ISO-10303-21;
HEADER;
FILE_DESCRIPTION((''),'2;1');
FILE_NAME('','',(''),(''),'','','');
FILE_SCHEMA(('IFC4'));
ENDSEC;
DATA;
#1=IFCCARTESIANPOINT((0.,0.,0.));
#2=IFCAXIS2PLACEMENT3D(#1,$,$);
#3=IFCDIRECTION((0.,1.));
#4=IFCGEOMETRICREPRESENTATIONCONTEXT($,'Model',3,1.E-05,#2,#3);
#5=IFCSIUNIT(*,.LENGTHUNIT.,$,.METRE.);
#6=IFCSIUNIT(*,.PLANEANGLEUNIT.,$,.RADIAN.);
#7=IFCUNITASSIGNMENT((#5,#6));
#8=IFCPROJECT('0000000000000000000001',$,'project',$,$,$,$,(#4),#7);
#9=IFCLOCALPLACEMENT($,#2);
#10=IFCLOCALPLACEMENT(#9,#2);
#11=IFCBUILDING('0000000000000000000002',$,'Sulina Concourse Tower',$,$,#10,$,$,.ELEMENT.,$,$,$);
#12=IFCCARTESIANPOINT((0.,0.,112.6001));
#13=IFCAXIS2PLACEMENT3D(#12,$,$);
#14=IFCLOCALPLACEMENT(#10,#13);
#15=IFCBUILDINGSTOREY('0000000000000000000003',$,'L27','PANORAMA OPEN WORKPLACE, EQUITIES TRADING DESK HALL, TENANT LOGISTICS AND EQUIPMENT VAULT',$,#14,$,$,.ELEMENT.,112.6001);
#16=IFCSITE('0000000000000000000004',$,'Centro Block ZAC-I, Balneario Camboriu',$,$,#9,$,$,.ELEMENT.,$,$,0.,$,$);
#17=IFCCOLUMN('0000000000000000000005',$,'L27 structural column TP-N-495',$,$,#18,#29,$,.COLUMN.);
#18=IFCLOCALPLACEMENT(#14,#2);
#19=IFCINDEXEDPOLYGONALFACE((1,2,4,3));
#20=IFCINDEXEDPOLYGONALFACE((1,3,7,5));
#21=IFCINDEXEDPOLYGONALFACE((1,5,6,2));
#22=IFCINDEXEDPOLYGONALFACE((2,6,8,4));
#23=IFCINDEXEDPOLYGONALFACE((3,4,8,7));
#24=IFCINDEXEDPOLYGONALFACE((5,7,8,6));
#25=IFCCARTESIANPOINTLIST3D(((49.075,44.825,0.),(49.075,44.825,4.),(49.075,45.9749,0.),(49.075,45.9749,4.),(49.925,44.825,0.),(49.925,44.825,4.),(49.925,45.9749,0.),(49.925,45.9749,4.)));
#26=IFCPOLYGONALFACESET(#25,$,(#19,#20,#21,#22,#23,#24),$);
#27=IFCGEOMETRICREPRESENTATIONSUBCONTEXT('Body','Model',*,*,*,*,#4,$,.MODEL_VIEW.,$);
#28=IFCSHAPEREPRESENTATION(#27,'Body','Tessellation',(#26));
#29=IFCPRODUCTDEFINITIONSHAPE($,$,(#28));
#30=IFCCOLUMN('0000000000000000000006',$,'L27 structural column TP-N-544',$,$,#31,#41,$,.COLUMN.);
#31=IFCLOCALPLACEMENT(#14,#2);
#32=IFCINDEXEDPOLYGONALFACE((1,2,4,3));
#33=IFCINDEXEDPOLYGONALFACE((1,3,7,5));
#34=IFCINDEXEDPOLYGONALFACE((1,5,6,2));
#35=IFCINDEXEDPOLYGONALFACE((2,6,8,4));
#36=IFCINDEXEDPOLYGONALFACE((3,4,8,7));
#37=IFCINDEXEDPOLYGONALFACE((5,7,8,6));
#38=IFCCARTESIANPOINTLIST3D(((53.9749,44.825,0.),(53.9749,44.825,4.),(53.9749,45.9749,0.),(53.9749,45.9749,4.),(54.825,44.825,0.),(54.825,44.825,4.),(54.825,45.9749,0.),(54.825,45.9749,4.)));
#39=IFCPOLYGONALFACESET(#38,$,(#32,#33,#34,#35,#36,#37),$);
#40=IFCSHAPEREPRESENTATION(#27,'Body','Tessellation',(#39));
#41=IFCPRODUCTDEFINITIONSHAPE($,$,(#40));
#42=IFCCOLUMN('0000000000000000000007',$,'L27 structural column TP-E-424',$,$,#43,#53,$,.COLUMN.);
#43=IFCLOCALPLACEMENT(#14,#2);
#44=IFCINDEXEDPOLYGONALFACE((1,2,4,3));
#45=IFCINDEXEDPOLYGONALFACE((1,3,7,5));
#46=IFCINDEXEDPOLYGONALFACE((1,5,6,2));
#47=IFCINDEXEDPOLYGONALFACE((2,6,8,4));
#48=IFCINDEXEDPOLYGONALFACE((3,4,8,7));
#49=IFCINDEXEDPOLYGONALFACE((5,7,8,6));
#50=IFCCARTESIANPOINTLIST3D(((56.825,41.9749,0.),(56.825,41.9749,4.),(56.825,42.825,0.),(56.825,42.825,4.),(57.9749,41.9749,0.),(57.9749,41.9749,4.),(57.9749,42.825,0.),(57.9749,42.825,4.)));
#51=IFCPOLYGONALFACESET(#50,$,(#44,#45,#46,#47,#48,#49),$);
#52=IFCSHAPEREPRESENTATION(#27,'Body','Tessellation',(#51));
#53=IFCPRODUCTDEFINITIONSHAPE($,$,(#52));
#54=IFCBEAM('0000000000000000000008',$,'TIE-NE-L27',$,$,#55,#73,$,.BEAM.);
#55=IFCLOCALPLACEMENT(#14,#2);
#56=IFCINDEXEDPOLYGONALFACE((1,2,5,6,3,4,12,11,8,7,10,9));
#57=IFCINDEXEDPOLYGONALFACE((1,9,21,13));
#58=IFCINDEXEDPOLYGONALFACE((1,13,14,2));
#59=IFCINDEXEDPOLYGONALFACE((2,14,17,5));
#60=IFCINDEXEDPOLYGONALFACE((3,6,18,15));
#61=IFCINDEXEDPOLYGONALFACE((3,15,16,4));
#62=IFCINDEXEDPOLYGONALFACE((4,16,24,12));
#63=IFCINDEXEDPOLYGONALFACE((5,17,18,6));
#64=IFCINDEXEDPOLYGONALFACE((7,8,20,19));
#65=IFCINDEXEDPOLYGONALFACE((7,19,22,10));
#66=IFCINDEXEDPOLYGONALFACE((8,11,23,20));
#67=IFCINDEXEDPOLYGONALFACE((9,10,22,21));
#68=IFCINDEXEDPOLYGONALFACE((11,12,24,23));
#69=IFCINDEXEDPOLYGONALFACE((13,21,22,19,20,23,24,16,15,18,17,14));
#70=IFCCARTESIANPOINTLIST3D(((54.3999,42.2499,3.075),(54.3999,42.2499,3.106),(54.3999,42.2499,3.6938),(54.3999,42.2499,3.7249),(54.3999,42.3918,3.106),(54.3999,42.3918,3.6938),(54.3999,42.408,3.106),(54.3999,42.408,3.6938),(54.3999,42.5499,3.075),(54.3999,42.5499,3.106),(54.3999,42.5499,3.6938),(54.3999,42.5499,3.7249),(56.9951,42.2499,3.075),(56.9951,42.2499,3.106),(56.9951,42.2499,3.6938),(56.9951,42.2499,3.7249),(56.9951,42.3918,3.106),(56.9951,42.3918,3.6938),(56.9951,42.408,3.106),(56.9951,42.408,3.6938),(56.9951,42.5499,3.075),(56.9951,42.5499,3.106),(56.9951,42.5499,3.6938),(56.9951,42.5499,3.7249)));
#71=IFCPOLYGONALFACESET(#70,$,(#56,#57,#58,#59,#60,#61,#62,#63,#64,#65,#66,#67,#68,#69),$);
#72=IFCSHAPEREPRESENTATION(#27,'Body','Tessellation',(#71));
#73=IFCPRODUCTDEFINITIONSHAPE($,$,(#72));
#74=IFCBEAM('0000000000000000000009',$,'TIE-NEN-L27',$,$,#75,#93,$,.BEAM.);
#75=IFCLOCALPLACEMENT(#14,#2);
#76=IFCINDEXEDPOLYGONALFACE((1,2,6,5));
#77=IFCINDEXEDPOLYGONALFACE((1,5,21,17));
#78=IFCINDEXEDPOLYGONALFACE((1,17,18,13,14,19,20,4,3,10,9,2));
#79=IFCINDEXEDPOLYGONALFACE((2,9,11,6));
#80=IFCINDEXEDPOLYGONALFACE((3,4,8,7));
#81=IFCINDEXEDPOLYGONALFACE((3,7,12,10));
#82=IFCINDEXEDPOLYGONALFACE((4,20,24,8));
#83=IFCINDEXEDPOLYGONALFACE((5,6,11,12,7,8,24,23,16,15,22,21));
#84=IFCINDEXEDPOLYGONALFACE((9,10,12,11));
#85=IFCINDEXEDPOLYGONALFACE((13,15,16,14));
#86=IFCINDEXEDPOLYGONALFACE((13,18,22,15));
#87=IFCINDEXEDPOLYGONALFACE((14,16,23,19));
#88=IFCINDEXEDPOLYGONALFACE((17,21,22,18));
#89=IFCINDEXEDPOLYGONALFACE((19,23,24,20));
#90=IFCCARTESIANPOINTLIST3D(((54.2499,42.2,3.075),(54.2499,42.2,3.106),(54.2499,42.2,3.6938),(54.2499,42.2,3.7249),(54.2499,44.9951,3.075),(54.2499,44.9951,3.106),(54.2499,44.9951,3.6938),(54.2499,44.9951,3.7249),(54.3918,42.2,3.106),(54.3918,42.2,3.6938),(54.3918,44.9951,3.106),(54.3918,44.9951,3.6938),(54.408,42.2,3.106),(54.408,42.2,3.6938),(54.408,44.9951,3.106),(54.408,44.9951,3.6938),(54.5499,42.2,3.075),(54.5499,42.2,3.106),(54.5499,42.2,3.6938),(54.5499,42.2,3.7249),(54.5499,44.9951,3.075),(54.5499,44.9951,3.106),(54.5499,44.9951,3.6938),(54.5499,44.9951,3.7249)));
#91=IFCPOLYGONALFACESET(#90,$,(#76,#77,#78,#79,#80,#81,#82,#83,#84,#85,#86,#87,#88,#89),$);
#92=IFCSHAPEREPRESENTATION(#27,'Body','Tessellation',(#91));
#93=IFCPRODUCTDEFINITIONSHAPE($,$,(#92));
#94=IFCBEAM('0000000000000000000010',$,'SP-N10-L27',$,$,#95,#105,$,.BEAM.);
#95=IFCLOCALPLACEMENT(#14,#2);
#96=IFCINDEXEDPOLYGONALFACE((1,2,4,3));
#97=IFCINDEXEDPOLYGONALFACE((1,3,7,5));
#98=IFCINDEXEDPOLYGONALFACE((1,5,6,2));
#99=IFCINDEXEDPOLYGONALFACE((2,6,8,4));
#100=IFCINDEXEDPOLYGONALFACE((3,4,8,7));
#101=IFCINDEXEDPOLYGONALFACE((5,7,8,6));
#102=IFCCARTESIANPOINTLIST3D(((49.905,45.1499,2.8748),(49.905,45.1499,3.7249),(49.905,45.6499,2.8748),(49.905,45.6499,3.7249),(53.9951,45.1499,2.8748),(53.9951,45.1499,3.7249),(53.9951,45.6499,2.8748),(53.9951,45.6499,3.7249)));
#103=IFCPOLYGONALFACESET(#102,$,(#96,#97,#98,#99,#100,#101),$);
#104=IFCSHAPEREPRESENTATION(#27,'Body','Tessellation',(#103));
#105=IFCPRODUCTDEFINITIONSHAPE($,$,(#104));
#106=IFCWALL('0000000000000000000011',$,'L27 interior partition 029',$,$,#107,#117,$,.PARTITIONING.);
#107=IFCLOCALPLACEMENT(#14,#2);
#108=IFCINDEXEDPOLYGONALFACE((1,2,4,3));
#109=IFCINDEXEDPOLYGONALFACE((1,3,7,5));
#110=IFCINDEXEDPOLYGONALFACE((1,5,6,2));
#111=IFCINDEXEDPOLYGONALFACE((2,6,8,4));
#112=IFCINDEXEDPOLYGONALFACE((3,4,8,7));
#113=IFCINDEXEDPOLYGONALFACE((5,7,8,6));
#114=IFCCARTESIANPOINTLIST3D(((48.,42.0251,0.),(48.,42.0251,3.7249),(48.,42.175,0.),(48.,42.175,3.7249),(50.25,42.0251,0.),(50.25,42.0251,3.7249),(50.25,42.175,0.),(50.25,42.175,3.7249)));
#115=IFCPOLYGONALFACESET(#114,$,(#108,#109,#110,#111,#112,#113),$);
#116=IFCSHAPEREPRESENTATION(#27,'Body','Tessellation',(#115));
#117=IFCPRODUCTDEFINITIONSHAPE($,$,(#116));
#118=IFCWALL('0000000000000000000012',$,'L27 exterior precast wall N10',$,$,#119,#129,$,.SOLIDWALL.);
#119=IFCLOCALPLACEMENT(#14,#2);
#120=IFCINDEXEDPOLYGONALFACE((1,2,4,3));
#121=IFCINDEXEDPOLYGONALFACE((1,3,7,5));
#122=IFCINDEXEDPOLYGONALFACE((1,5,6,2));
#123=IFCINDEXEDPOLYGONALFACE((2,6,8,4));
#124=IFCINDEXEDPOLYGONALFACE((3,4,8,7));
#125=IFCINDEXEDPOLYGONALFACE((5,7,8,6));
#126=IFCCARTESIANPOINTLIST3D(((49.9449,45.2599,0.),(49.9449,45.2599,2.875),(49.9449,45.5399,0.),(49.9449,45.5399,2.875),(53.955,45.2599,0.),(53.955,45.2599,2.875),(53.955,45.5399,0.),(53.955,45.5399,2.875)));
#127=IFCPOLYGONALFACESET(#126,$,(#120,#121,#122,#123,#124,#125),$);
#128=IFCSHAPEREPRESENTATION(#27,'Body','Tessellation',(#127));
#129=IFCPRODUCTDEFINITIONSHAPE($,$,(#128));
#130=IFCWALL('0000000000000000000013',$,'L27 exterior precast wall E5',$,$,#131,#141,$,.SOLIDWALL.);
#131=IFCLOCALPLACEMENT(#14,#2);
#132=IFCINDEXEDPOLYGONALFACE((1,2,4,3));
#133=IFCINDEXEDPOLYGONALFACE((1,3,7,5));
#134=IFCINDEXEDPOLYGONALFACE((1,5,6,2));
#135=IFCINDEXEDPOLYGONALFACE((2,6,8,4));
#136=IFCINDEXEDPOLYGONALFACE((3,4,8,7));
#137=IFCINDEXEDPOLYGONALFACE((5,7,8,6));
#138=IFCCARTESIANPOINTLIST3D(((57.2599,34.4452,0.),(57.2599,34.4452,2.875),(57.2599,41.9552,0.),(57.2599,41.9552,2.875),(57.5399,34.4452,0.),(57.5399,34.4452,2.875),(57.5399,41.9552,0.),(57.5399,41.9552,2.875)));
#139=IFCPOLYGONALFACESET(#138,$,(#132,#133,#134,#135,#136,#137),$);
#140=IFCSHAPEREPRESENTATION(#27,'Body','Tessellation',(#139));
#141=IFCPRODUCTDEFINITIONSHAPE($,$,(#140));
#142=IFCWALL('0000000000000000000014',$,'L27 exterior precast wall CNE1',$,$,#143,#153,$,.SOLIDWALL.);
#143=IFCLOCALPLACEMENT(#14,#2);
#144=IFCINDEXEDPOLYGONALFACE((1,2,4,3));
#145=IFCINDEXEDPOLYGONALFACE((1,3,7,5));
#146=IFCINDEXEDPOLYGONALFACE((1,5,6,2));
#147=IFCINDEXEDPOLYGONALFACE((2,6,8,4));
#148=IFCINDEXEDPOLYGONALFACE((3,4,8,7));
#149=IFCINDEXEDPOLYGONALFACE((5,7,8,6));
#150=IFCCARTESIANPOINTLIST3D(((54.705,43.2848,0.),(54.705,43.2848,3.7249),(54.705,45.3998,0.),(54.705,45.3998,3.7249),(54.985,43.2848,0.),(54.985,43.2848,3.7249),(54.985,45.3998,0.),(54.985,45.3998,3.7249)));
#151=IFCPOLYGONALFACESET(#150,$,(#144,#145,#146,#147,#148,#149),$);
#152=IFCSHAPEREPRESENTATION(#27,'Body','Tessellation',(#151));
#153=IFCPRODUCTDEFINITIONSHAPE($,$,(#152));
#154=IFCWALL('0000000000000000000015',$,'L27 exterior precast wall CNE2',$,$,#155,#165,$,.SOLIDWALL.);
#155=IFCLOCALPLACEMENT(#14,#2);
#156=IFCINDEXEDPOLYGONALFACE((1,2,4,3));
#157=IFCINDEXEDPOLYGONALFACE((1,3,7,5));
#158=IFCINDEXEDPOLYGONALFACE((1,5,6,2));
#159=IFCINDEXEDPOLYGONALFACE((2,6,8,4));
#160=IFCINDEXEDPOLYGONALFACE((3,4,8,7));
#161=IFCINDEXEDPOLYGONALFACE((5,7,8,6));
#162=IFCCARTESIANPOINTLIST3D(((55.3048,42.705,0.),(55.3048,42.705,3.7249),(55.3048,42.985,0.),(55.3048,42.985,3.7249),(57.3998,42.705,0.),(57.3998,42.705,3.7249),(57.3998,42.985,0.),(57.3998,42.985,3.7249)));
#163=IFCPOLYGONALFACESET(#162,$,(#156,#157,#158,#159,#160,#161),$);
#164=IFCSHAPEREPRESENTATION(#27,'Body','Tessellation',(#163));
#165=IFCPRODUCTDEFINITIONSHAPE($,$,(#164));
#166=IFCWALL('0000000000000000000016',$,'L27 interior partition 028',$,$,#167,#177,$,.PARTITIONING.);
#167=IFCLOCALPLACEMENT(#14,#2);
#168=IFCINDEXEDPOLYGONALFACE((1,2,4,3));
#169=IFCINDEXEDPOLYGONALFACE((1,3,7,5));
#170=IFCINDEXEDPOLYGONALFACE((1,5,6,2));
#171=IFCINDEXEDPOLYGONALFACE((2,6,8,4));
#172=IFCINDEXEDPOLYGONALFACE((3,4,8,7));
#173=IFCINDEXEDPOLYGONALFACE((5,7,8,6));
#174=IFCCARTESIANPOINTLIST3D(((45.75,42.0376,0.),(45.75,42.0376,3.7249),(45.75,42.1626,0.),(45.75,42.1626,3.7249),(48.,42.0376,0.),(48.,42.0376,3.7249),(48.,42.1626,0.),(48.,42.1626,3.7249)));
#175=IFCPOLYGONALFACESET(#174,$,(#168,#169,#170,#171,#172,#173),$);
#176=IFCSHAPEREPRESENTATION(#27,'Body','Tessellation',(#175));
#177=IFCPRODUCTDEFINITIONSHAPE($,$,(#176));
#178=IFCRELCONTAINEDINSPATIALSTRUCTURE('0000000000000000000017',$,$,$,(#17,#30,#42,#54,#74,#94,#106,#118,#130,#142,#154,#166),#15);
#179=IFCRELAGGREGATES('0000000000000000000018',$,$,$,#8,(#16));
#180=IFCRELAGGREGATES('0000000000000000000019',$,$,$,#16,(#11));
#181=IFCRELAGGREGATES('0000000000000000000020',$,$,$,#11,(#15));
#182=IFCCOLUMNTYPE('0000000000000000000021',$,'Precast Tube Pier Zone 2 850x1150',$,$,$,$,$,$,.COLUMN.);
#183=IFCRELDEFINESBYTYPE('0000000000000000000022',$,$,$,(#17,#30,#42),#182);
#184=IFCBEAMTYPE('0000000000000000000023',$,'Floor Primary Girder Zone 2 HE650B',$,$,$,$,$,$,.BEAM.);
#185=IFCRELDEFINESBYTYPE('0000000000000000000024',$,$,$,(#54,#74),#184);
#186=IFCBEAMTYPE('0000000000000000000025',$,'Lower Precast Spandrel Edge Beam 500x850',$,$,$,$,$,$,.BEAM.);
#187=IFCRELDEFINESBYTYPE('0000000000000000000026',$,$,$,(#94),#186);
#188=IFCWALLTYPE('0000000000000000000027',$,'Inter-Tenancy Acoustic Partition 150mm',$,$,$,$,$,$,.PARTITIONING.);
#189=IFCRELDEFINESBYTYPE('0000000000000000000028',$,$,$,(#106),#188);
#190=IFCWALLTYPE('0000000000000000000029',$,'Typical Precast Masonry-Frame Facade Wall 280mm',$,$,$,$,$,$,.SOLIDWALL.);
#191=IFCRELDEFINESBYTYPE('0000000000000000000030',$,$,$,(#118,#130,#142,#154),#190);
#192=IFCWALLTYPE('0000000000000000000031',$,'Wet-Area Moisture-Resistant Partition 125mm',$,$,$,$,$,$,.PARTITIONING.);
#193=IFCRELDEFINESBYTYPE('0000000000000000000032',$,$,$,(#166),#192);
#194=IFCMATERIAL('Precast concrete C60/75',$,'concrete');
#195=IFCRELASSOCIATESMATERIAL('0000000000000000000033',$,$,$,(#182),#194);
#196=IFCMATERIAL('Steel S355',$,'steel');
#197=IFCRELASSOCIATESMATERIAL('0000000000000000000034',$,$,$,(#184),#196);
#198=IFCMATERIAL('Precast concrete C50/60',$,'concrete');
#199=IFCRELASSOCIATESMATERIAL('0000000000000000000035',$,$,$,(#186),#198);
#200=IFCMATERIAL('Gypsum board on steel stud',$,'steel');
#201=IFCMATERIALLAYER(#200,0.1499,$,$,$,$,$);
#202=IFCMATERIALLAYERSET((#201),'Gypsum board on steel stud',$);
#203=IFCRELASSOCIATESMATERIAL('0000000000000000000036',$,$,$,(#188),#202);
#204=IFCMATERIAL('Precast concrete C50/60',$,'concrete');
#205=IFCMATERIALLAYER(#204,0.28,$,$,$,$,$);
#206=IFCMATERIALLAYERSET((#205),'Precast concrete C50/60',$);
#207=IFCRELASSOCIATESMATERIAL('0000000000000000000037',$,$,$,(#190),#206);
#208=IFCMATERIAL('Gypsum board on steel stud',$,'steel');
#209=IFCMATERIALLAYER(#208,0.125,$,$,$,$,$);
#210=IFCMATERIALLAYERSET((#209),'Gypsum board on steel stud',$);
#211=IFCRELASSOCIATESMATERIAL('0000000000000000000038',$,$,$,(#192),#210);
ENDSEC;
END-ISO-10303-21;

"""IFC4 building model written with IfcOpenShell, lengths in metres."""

from ifc_helpers import new_model, si_unit, direction, frame, frame_2d, origin, origin_2d, place, context, subcontext, project, spatial, rectangle, i_section, extrude, material, layer, layer_set, material_profile, profile_set, type_object, element, save


model = new_model("IFC4")

# Units and contexts
model_context = context("Model", 3, precision=1e-05, world=origin(), true_north=direction((0.0, 1.0)))
body_context = subcontext(model_context, "Body", "Model", "MODEL_VIEW")
ifc_project = project(units=[si_unit("LENGTHUNIT", "METRE"), si_unit("PLANEANGLEUNIT", "RADIAN")], contexts=[model_context])

# Site, building, storey
site_placement = place(None, origin())
site = spatial("IfcSite", under=ifc_project, at=site_placement, Name="Centro Block ZAC-I, Balneario Camboriu", CompositionType="ELEMENT", RefElevation=0.0)
building_placement = place(site_placement, origin())
building = spatial("IfcBuilding", under=site, at=building_placement, Name="Sulina Concourse Tower", CompositionType="ELEMENT")
storey_placement = place(building_placement, frame((0.0, 0.0, 112.6001)))
storey = spatial("IfcBuildingStorey", under=building, at=storey_placement, Name="L27", Description="PANORAMA OPEN WORKPLACE, EQUITIES TRADING DESK HALL, TENANT LOGISTICS AND EQUIPMENT VAULT", CompositionType="ELEMENT", Elevation=112.6001)

# Columns
ifc_material_1 = material(Name="Precast concrete C60/75", Category="concrete")
ifc_material_profile_1 = material_profile(ifc_material_1, rectangle(XDim=0.8501, YDim=1.1499, at=origin_2d()), Name="PC 850x1150")
ifc_profile_set_1 = profile_set([ifc_material_profile_1], Name="Precast concrete C60/75")
column_type = type_object("IfcColumnType", Name="Precast Tube Pier Zone 2 850x1150", PredefinedType="COLUMN", material=ifc_profile_set_1)
for number, where, z_axis, x_axis, name in (
    (1, (49.5, 45.3999, 0.0), (0.0, 0.0, 1.0), (1.0, 0.0, 0.0), "L27 structural column TP-N-495"),
    (2, (54.3999, 45.3999, 0.0), (0.0, 0.0, 1.0), (1.0, 0.0, 0.0), "L27 structural column TP-N-544"),
    (3, (57.3999, 42.3999, 0.0), (0.0, 0.0, 1.0), (0.0, 1.0, 0.0), "L27 structural column TP-E-424"),
):
    element("IfcColumn", number, at=place(storey_placement, frame(where, z_axis=z_axis, x_axis=x_axis)), inside=storey, type_object=column_type, Name=name, PredefinedType="COLUMN", context=body_context, shape_type="SweptSolid", body=[
        extrude(rectangle(XDim=0.8501, YDim=1.1499, at=origin_2d()), origin(), (0.0, 0.0, 1.0), 4.0),
    ])

# Beams
ifc_material_2 = material(Name="Steel S355", Category="steel")
ifc_material_profile_2 = material_profile(ifc_material_2, i_section(OverallWidth=0.3, OverallDepth=0.6499, WebThickness=0.0161, FlangeThickness=0.031, at=origin_2d()), Name="HE 650 B")
ifc_profile_set_2 = profile_set([ifc_material_profile_2], Name="Steel S355")
beam_type_1 = type_object("IfcBeamType", Name="Floor Primary Girder Zone 2 HE650B", PredefinedType="BEAM", material=ifc_profile_set_2)
beam_1_placement = place(storey_placement, frame((54.3999, 42.3999, 3.3999), z_axis=(1.0, 0.0, 0.0), x_axis=(0.0, 1.0, 0.0)))
element("IfcBeam", 4, at=beam_1_placement, inside=storey, type_object=beam_type_1, Name="TIE-NE-L27", PredefinedType="BEAM", context=body_context, shape_type="SweptSolid", body=[
    extrude(i_section(OverallWidth=0.3, OverallDepth=0.6499, WebThickness=0.0161, FlangeThickness=0.031, at=origin_2d()), origin(), (0.0, 0.0, 1.0), 2.5952),
])
beam_2_placement = place(storey_placement, frame((54.3999, 42.2, 3.3999), z_axis=(0.0, 1.0, 0.0), x_axis=(-1.0, 0.0, 0.0)))
element("IfcBeam", 5, at=beam_2_placement, inside=storey, type_object=beam_type_1, Name="TIE-NEN-L27", PredefinedType="BEAM", context=body_context, shape_type="SweptSolid", body=[
    extrude(i_section(OverallWidth=0.3, OverallDepth=0.6499, WebThickness=0.0161, FlangeThickness=0.031, at=origin_2d()), origin(), (0.0, 0.0, 1.0), 2.7952),
])
ifc_material_3 = material(Name="Precast concrete C50/60", Category="concrete")
ifc_material_profile_3 = material_profile(ifc_material_3, rectangle(XDim=0.5, YDim=0.8501, at=origin_2d()), Name="RC 500x850")
ifc_profile_set_3 = profile_set([ifc_material_profile_3], Name="Precast concrete C50/60")
beam_type_2 = type_object("IfcBeamType", Name="Lower Precast Spandrel Edge Beam 500x850", PredefinedType="BEAM", material=ifc_profile_set_3)
beam_3_placement = place(storey_placement, frame((49.905, 45.3999, 3.2998), z_axis=(1.0, 0.0, 0.0), x_axis=(0.0, 1.0, 0.0)))
element("IfcBeam", 6, at=beam_3_placement, inside=storey, type_object=beam_type_2, Name="SP-N10-L27", PredefinedType="BEAM", context=body_context, shape_type="SweptSolid", body=[
    extrude(rectangle(XDim=0.5, YDim=0.8501, at=origin_2d()), origin(), (0.0, 0.0, 1.0), 4.0901),
])

# Walls
ifc_material_4 = material(Name="Gypsum board on steel stud", Category="steel")
ifc_layer_1 = layer(ifc_material_4, 0.1499)
ifc_layer_set_1 = layer_set([ifc_layer_1], Name="Gypsum board on steel stud")
wall_type_1 = type_object("IfcWallType", Name="Inter-Tenancy Acoustic Partition 150mm", PredefinedType="PARTITIONING", material=ifc_layer_set_1)
wall_1_placement = place(storey_placement, frame((48.0, 42.1001, 0.0), z_axis=(0.0, 0.0, 1.0), x_axis=(1.0, 0.0, 0.0)))
element("IfcWall", 7, at=wall_1_placement, inside=storey, type_object=wall_type_1, Name="L27 interior partition 029", PredefinedType="PARTITIONING", context=body_context, shape_type="SweptSolid", body=[
    extrude(rectangle(XDim=2.25, YDim=0.1499, at=frame_2d((1.125, 0.0))), origin(), (0.0, 0.0, 1.0), 3.7249),
])
ifc_material_5 = material(Name="Precast concrete C50/60", Category="concrete")
ifc_layer_2 = layer(ifc_material_5, 0.28)
ifc_layer_set_2 = layer_set([ifc_layer_2], Name="Precast concrete C50/60")
wall_type_2 = type_object("IfcWallType", Name="Typical Precast Masonry-Frame Facade Wall 280mm", PredefinedType="SOLIDWALL", material=ifc_layer_set_2)
wall_2_placement = place(storey_placement, frame((49.9451, 45.3999, 0.0), z_axis=(0.0, 0.0, 1.0), x_axis=(1.0, 0.0, 0.0)))
element("IfcWall", 8, at=wall_2_placement, inside=storey, type_object=wall_type_2, Name="L27 exterior precast wall N10", PredefinedType="SOLIDWALL", context=body_context, shape_type="SweptSolid", body=[
    extrude(rectangle(XDim=4.01, YDim=0.28, at=frame_2d((2.0049, 0.0))), origin(), (0.0, 0.0, 1.0), 2.875),
])
wall_3_placement = place(storey_placement, frame((57.3999, 41.9551, 0.0), z_axis=(0.0, 0.0, 1.0), x_axis=(0.0, -1.0, 0.0)))
element("IfcWall", 9, at=wall_3_placement, inside=storey, type_object=wall_type_2, Name="L27 exterior precast wall E5", PredefinedType="SOLIDWALL", context=body_context, shape_type="SweptSolid", body=[
    extrude(rectangle(XDim=7.51, YDim=0.28, at=frame_2d((3.7549, 0.0))), origin(), (0.0, 0.0, 1.0), 2.875),
])
wall_4_placement = place(storey_placement, frame((54.845, 45.3999, 0.0), z_axis=(0.0, 0.0, 1.0), x_axis=(0.0, -1.0, 0.0)))
element("IfcWall", 10, at=wall_4_placement, inside=storey, type_object=wall_type_2, Name="L27 exterior precast wall CNE1", PredefinedType="SOLIDWALL", context=body_context, shape_type="SweptSolid", body=[
    extrude(rectangle(XDim=2.115, YDim=0.28, at=frame_2d((1.0576, 0.0))), origin(), (0.0, 0.0, 1.0), 3.7249),
])
wall_5_placement = place(storey_placement, frame((55.3049, 42.845, 0.0), z_axis=(0.0, 0.0, 1.0), x_axis=(1.0, 0.0, 0.0)))
element("IfcWall", 11, at=wall_5_placement, inside=storey, type_object=wall_type_2, Name="L27 exterior precast wall CNE2", PredefinedType="SOLIDWALL", context=body_context, shape_type="SweptSolid", body=[
    extrude(rectangle(XDim=2.095, YDim=0.28, at=frame_2d((1.0474, 0.0))), origin(), (0.0, 0.0, 1.0), 3.7249),
])
ifc_material_6 = material(Name="Gypsum board on steel stud", Category="steel")
ifc_layer_3 = layer(ifc_material_6, 0.125)
ifc_layer_set_3 = layer_set([ifc_layer_3], Name="Gypsum board on steel stud")
wall_type_3 = type_object("IfcWallType", Name="Wet-Area Moisture-Resistant Partition 125mm", PredefinedType="PARTITIONING", material=ifc_layer_set_3)
wall_6_placement = place(storey_placement, frame((45.75, 42.1001, 0.0), z_axis=(0.0, 0.0, 1.0), x_axis=(1.0, 0.0, 0.0)))
element("IfcWall", 12, at=wall_6_placement, inside=storey, type_object=wall_type_3, Name="L27 interior partition 028", PredefinedType="PARTITIONING", context=body_context, shape_type="SweptSolid", body=[
    extrude(rectangle(XDim=2.25, YDim=0.125, at=frame_2d((1.125, 0.0))), origin(), (0.0, 0.0, 1.0), 3.7249),
])

save(model, "model.ifc")
